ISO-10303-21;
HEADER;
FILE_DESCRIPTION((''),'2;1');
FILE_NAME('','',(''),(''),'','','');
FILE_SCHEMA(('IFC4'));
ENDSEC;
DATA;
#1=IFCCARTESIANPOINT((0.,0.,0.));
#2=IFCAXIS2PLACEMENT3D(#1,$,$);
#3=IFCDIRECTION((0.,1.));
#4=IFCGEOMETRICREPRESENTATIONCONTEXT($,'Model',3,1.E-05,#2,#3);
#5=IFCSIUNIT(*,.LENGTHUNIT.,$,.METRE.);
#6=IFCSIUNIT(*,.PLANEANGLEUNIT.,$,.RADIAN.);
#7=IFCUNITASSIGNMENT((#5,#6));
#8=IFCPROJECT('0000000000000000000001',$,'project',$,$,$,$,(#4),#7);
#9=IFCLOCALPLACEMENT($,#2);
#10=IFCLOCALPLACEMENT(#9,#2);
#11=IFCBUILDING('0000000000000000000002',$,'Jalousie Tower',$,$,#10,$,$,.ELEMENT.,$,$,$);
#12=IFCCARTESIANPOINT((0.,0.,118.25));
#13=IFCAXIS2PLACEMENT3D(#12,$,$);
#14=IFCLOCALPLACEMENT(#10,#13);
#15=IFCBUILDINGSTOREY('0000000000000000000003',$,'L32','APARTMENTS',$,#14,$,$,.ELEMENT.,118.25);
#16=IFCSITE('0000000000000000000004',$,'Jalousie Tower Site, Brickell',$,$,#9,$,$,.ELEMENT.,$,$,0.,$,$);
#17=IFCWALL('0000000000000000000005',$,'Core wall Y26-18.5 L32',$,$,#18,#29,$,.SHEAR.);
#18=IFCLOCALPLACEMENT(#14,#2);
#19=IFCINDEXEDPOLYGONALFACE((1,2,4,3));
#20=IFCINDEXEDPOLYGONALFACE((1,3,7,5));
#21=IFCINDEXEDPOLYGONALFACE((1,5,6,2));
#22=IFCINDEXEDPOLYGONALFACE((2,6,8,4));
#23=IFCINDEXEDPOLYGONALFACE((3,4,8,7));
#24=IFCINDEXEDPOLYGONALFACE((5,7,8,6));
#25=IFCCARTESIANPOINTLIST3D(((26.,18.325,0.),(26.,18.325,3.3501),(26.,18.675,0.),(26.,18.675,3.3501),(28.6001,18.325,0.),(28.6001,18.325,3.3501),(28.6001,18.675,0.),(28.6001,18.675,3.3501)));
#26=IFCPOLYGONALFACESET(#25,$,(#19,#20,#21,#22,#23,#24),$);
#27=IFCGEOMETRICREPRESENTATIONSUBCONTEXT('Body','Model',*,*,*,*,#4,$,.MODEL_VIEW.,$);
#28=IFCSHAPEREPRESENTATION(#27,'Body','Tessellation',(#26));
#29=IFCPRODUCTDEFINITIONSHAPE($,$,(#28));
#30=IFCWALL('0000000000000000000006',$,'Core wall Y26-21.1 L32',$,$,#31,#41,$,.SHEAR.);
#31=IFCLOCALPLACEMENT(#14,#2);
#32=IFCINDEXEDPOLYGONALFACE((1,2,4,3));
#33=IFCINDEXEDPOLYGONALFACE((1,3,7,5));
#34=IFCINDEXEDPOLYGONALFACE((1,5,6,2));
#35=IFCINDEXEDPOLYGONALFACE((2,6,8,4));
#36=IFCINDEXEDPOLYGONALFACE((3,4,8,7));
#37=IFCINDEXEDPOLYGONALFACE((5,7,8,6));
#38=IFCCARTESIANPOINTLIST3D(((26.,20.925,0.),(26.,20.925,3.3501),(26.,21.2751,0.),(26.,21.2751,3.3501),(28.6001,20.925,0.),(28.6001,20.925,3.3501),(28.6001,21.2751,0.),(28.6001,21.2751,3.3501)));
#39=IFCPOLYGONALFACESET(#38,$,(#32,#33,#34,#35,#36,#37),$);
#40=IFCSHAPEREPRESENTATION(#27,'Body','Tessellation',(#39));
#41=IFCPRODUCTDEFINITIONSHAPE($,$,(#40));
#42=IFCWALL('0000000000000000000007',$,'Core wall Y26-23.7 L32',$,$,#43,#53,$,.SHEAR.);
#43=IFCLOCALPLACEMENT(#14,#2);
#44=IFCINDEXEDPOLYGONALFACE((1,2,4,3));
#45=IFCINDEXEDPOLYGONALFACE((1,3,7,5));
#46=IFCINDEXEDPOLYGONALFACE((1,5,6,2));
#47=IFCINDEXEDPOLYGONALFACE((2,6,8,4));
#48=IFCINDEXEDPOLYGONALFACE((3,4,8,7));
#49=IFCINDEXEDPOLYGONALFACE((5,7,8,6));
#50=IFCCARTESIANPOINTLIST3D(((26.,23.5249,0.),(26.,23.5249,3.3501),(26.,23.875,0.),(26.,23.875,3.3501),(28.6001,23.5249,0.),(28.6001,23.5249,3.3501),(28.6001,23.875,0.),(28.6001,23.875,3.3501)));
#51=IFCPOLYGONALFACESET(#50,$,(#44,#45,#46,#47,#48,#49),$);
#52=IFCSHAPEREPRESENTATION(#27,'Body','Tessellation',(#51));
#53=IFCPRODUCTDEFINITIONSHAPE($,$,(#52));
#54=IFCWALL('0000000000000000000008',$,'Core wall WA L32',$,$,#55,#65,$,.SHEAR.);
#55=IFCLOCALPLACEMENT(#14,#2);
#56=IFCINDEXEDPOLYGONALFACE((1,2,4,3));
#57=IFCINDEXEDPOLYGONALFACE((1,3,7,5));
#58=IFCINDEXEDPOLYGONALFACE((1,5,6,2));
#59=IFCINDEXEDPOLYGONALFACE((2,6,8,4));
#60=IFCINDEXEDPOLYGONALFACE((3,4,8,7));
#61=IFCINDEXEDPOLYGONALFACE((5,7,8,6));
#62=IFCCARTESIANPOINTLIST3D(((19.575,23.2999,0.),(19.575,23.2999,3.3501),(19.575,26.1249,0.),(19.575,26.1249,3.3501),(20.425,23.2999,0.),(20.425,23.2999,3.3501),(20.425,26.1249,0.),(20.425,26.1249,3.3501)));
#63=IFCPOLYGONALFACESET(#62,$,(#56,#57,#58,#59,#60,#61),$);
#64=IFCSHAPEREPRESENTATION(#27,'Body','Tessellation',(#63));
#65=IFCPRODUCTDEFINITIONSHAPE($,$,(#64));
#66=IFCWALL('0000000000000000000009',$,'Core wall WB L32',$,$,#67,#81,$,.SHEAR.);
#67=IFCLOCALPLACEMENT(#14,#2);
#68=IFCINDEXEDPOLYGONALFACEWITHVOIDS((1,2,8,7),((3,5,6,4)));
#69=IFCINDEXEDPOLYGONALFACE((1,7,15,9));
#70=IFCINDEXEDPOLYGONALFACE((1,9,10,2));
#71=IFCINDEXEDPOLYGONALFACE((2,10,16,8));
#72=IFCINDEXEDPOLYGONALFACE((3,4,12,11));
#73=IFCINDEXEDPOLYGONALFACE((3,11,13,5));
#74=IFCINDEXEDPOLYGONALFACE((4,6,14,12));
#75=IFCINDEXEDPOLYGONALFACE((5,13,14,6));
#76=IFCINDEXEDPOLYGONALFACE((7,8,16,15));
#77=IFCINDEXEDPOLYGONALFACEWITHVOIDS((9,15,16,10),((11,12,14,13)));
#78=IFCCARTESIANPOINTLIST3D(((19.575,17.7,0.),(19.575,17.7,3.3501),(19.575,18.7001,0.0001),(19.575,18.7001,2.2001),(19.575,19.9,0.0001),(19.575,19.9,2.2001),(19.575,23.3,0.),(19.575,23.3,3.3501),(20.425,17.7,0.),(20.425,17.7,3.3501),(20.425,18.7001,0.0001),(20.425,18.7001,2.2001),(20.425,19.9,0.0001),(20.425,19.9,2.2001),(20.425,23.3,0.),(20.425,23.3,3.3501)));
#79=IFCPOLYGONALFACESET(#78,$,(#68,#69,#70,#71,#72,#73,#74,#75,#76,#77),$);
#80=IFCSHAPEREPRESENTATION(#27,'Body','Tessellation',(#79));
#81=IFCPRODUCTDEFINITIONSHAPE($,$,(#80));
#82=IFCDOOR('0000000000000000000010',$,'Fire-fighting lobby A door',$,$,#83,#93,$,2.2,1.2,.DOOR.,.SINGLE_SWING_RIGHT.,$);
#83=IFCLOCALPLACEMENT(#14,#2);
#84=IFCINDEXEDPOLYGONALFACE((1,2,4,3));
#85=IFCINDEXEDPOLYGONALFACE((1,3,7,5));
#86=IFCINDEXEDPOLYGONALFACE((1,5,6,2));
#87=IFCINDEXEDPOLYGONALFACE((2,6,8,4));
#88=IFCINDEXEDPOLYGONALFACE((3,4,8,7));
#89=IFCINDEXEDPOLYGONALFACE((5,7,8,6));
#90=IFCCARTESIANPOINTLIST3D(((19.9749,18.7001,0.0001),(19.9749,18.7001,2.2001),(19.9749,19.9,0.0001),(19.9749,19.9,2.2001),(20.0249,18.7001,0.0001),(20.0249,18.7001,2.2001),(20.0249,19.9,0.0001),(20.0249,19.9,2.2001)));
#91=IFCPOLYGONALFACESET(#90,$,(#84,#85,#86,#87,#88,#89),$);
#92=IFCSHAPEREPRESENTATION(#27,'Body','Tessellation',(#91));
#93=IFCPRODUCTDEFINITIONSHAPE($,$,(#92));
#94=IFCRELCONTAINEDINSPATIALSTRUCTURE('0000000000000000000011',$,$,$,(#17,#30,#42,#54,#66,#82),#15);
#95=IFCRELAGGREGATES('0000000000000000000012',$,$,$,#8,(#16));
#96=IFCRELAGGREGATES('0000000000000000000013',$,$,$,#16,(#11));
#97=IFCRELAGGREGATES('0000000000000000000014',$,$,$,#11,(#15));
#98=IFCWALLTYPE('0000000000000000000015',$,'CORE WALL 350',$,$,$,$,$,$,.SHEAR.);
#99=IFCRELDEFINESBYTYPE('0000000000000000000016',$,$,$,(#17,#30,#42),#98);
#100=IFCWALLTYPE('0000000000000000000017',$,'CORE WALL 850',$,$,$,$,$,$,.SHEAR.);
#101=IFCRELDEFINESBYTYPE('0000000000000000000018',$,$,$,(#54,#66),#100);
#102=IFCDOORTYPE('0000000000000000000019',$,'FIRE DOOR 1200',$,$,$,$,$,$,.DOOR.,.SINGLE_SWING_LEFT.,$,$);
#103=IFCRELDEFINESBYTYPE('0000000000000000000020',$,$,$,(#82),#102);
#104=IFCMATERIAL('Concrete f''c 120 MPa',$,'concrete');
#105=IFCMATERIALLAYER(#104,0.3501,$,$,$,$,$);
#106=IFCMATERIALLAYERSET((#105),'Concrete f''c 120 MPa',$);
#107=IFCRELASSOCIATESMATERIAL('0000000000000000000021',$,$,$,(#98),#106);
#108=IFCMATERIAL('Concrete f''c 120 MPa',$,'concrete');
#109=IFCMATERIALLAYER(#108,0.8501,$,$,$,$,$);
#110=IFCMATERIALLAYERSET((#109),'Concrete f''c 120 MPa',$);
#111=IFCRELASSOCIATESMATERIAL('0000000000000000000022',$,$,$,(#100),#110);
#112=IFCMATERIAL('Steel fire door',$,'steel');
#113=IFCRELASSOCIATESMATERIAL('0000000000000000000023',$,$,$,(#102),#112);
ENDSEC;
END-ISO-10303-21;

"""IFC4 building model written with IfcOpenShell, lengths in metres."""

from ifc_helpers import new_model, si_unit, direction, frame, frame_2d, origin, place, context, subcontext, project, spatial, rectangle, extrude, material, layer, layer_set, type_object, element, fill, save


model = new_model("IFC4")

# Units and contexts
model_context = context("Model", 3, precision=1e-05, world=origin(), true_north=direction((0.0, 1.0)))
body_context = subcontext(model_context, "Body", "Model", "MODEL_VIEW")
ifc_project = project(units=[si_unit("LENGTHUNIT", "METRE"), si_unit("PLANEANGLEUNIT", "RADIAN")], contexts=[model_context])

# Site, building, storey
site_placement = place(None, origin())
site = spatial("IfcSite", under=ifc_project, at=site_placement, Name="Jalousie Tower Site, Brickell", CompositionType="ELEMENT", RefElevation=0.0)
building_placement = place(site_placement, origin())
building = spatial("IfcBuilding", under=site, at=building_placement, Name="Jalousie Tower", CompositionType="ELEMENT")
storey_placement = place(building_placement, frame((0.0, 0.0, 118.25)))
storey = spatial("IfcBuildingStorey", under=building, at=storey_placement, Name="L32", Description="APARTMENTS", CompositionType="ELEMENT", Elevation=118.25)

# Shared definitions
ifc_material_1 = material(Name="Concrete f'c 120 MPa", Category="concrete")
ifc_layer_1 = layer(ifc_material_1, 0.3501)
ifc_layer_set_1 = layer_set([ifc_layer_1], Name="Concrete f'c 120 MPa")
wall_type_1 = type_object("IfcWallType", Name="CORE WALL 350", PredefinedType="SHEAR", material=ifc_layer_set_1)

# Walls
for number, where, z_axis, x_axis, name in (
    (1, (26.0, 18.5, 0.0), (0.0, 0.0, 1.0), (1.0, 0.0, 0.0), "Core wall Y26-18.5 L32"),
    (2, (26.0, 21.1001, 0.0), (0.0, 0.0, 1.0), (1.0, 0.0, 0.0), "Core wall Y26-21.1 L32"),
    (3, (26.0, 23.7, 0.0), (0.0, 0.0, 1.0), (1.0, 0.0, 0.0), "Core wall Y26-23.7 L32"),
):
    element("IfcWall", number, at=place(storey_placement, frame(where, z_axis=z_axis, x_axis=x_axis)), inside=storey, type_object=wall_type_1, Name=name, PredefinedType="SHEAR", context=body_context, shape_type="SweptSolid", body=[
        extrude(rectangle(XDim=2.6001, YDim=0.3501, at=frame_2d((1.3, 0.0))), origin(), (0.0, 0.0, 1.0), 3.3501),
    ])
ifc_material_2 = material(Name="Concrete f'c 120 MPa", Category="concrete")
ifc_layer_2 = layer(ifc_material_2, 0.8501)
ifc_layer_set_2 = layer_set([ifc_layer_2], Name="Concrete f'c 120 MPa")
wall_type_2 = type_object("IfcWallType", Name="CORE WALL 850", PredefinedType="SHEAR", material=ifc_layer_set_2)
wall_1_placement = place(storey_placement, frame((20.0, 26.125, 0.0), z_axis=(0.0, 0.0, 1.0), x_axis=(0.0, -1.0, 0.0)))
element("IfcWall", 4, at=wall_1_placement, inside=storey, type_object=wall_type_2, Name="Core wall WA L32", PredefinedType="SHEAR", context=body_context, shape_type="SweptSolid", body=[
    extrude(rectangle(XDim=2.825, YDim=0.8501, at=frame_2d((1.4126, 0.0))), origin(), (0.0, 0.0, 1.0), 3.3501),
])

# Wall, opening, door
wall_2_placement = place(storey_placement, frame((20.0, 23.3, 0.0), z_axis=(0.0, 0.0, 1.0), x_axis=(0.0, -1.0, 0.0)))
wall_2 = element("IfcWall", 5, at=wall_2_placement, inside=storey, type_object=wall_type_2, Name="Core wall WB L32", PredefinedType="SHEAR", context=body_context, shape_type="SweptSolid", body=[
    extrude(rectangle(XDim=5.6001, YDim=0.8501, at=frame_2d((2.8, 0.0))), origin(), (0.0, 0.0, 1.0), 3.3501),
])
opening_1_placement = place(wall_2_placement, frame((3.3999, 0.0, 0.0)))
opening_1 = element("IfcOpeningElement", 6, at=opening_1_placement, cuts=wall_2, PredefinedType="OPENING", context=body_context, shape_type="SweptSolid", body=[
    extrude(rectangle(XDim=1.2, YDim=2.2, at=frame_2d((0.6001, 1.1001))), frame((0.0, 0.4351, 0.0), z_axis=(0.0, -1.0, 0.0), x_axis=(1.0, 0.0, 0.0)), (0.0, 0.0, 1.0), 0.8701),
])
ifc_material_3 = material(Name="Steel fire door", Category="steel")
door_type_1 = type_object("IfcDoorType", Name="FIRE DOOR 1200", OperationType="SINGLE_SWING_LEFT", PredefinedType="DOOR", material=ifc_material_3)
door_1_placement = place(opening_1_placement, origin())
door_1 = element("IfcDoor", 7, at=door_1_placement, inside=storey, type_object=door_type_1, Name="Fire-fighting lobby A door", OperationType="SINGLE_SWING_RIGHT", OverallHeight=2.2, OverallWidth=1.2, PredefinedType="DOOR", context=body_context, shape_type="SweptSolid", body=[
    extrude(rectangle(XDim=1.2, YDim=2.2, at=frame_2d((0.6001, 1.1001))), frame((0.0, 0.0249, 0.0), z_axis=(0.0, -1.0, 0.0), x_axis=(1.0, 0.0, 0.0)), (0.0, 0.0, 1.0), 0.05),
])
fill(opening_1, door_1)

save(model, "model.ifc")
